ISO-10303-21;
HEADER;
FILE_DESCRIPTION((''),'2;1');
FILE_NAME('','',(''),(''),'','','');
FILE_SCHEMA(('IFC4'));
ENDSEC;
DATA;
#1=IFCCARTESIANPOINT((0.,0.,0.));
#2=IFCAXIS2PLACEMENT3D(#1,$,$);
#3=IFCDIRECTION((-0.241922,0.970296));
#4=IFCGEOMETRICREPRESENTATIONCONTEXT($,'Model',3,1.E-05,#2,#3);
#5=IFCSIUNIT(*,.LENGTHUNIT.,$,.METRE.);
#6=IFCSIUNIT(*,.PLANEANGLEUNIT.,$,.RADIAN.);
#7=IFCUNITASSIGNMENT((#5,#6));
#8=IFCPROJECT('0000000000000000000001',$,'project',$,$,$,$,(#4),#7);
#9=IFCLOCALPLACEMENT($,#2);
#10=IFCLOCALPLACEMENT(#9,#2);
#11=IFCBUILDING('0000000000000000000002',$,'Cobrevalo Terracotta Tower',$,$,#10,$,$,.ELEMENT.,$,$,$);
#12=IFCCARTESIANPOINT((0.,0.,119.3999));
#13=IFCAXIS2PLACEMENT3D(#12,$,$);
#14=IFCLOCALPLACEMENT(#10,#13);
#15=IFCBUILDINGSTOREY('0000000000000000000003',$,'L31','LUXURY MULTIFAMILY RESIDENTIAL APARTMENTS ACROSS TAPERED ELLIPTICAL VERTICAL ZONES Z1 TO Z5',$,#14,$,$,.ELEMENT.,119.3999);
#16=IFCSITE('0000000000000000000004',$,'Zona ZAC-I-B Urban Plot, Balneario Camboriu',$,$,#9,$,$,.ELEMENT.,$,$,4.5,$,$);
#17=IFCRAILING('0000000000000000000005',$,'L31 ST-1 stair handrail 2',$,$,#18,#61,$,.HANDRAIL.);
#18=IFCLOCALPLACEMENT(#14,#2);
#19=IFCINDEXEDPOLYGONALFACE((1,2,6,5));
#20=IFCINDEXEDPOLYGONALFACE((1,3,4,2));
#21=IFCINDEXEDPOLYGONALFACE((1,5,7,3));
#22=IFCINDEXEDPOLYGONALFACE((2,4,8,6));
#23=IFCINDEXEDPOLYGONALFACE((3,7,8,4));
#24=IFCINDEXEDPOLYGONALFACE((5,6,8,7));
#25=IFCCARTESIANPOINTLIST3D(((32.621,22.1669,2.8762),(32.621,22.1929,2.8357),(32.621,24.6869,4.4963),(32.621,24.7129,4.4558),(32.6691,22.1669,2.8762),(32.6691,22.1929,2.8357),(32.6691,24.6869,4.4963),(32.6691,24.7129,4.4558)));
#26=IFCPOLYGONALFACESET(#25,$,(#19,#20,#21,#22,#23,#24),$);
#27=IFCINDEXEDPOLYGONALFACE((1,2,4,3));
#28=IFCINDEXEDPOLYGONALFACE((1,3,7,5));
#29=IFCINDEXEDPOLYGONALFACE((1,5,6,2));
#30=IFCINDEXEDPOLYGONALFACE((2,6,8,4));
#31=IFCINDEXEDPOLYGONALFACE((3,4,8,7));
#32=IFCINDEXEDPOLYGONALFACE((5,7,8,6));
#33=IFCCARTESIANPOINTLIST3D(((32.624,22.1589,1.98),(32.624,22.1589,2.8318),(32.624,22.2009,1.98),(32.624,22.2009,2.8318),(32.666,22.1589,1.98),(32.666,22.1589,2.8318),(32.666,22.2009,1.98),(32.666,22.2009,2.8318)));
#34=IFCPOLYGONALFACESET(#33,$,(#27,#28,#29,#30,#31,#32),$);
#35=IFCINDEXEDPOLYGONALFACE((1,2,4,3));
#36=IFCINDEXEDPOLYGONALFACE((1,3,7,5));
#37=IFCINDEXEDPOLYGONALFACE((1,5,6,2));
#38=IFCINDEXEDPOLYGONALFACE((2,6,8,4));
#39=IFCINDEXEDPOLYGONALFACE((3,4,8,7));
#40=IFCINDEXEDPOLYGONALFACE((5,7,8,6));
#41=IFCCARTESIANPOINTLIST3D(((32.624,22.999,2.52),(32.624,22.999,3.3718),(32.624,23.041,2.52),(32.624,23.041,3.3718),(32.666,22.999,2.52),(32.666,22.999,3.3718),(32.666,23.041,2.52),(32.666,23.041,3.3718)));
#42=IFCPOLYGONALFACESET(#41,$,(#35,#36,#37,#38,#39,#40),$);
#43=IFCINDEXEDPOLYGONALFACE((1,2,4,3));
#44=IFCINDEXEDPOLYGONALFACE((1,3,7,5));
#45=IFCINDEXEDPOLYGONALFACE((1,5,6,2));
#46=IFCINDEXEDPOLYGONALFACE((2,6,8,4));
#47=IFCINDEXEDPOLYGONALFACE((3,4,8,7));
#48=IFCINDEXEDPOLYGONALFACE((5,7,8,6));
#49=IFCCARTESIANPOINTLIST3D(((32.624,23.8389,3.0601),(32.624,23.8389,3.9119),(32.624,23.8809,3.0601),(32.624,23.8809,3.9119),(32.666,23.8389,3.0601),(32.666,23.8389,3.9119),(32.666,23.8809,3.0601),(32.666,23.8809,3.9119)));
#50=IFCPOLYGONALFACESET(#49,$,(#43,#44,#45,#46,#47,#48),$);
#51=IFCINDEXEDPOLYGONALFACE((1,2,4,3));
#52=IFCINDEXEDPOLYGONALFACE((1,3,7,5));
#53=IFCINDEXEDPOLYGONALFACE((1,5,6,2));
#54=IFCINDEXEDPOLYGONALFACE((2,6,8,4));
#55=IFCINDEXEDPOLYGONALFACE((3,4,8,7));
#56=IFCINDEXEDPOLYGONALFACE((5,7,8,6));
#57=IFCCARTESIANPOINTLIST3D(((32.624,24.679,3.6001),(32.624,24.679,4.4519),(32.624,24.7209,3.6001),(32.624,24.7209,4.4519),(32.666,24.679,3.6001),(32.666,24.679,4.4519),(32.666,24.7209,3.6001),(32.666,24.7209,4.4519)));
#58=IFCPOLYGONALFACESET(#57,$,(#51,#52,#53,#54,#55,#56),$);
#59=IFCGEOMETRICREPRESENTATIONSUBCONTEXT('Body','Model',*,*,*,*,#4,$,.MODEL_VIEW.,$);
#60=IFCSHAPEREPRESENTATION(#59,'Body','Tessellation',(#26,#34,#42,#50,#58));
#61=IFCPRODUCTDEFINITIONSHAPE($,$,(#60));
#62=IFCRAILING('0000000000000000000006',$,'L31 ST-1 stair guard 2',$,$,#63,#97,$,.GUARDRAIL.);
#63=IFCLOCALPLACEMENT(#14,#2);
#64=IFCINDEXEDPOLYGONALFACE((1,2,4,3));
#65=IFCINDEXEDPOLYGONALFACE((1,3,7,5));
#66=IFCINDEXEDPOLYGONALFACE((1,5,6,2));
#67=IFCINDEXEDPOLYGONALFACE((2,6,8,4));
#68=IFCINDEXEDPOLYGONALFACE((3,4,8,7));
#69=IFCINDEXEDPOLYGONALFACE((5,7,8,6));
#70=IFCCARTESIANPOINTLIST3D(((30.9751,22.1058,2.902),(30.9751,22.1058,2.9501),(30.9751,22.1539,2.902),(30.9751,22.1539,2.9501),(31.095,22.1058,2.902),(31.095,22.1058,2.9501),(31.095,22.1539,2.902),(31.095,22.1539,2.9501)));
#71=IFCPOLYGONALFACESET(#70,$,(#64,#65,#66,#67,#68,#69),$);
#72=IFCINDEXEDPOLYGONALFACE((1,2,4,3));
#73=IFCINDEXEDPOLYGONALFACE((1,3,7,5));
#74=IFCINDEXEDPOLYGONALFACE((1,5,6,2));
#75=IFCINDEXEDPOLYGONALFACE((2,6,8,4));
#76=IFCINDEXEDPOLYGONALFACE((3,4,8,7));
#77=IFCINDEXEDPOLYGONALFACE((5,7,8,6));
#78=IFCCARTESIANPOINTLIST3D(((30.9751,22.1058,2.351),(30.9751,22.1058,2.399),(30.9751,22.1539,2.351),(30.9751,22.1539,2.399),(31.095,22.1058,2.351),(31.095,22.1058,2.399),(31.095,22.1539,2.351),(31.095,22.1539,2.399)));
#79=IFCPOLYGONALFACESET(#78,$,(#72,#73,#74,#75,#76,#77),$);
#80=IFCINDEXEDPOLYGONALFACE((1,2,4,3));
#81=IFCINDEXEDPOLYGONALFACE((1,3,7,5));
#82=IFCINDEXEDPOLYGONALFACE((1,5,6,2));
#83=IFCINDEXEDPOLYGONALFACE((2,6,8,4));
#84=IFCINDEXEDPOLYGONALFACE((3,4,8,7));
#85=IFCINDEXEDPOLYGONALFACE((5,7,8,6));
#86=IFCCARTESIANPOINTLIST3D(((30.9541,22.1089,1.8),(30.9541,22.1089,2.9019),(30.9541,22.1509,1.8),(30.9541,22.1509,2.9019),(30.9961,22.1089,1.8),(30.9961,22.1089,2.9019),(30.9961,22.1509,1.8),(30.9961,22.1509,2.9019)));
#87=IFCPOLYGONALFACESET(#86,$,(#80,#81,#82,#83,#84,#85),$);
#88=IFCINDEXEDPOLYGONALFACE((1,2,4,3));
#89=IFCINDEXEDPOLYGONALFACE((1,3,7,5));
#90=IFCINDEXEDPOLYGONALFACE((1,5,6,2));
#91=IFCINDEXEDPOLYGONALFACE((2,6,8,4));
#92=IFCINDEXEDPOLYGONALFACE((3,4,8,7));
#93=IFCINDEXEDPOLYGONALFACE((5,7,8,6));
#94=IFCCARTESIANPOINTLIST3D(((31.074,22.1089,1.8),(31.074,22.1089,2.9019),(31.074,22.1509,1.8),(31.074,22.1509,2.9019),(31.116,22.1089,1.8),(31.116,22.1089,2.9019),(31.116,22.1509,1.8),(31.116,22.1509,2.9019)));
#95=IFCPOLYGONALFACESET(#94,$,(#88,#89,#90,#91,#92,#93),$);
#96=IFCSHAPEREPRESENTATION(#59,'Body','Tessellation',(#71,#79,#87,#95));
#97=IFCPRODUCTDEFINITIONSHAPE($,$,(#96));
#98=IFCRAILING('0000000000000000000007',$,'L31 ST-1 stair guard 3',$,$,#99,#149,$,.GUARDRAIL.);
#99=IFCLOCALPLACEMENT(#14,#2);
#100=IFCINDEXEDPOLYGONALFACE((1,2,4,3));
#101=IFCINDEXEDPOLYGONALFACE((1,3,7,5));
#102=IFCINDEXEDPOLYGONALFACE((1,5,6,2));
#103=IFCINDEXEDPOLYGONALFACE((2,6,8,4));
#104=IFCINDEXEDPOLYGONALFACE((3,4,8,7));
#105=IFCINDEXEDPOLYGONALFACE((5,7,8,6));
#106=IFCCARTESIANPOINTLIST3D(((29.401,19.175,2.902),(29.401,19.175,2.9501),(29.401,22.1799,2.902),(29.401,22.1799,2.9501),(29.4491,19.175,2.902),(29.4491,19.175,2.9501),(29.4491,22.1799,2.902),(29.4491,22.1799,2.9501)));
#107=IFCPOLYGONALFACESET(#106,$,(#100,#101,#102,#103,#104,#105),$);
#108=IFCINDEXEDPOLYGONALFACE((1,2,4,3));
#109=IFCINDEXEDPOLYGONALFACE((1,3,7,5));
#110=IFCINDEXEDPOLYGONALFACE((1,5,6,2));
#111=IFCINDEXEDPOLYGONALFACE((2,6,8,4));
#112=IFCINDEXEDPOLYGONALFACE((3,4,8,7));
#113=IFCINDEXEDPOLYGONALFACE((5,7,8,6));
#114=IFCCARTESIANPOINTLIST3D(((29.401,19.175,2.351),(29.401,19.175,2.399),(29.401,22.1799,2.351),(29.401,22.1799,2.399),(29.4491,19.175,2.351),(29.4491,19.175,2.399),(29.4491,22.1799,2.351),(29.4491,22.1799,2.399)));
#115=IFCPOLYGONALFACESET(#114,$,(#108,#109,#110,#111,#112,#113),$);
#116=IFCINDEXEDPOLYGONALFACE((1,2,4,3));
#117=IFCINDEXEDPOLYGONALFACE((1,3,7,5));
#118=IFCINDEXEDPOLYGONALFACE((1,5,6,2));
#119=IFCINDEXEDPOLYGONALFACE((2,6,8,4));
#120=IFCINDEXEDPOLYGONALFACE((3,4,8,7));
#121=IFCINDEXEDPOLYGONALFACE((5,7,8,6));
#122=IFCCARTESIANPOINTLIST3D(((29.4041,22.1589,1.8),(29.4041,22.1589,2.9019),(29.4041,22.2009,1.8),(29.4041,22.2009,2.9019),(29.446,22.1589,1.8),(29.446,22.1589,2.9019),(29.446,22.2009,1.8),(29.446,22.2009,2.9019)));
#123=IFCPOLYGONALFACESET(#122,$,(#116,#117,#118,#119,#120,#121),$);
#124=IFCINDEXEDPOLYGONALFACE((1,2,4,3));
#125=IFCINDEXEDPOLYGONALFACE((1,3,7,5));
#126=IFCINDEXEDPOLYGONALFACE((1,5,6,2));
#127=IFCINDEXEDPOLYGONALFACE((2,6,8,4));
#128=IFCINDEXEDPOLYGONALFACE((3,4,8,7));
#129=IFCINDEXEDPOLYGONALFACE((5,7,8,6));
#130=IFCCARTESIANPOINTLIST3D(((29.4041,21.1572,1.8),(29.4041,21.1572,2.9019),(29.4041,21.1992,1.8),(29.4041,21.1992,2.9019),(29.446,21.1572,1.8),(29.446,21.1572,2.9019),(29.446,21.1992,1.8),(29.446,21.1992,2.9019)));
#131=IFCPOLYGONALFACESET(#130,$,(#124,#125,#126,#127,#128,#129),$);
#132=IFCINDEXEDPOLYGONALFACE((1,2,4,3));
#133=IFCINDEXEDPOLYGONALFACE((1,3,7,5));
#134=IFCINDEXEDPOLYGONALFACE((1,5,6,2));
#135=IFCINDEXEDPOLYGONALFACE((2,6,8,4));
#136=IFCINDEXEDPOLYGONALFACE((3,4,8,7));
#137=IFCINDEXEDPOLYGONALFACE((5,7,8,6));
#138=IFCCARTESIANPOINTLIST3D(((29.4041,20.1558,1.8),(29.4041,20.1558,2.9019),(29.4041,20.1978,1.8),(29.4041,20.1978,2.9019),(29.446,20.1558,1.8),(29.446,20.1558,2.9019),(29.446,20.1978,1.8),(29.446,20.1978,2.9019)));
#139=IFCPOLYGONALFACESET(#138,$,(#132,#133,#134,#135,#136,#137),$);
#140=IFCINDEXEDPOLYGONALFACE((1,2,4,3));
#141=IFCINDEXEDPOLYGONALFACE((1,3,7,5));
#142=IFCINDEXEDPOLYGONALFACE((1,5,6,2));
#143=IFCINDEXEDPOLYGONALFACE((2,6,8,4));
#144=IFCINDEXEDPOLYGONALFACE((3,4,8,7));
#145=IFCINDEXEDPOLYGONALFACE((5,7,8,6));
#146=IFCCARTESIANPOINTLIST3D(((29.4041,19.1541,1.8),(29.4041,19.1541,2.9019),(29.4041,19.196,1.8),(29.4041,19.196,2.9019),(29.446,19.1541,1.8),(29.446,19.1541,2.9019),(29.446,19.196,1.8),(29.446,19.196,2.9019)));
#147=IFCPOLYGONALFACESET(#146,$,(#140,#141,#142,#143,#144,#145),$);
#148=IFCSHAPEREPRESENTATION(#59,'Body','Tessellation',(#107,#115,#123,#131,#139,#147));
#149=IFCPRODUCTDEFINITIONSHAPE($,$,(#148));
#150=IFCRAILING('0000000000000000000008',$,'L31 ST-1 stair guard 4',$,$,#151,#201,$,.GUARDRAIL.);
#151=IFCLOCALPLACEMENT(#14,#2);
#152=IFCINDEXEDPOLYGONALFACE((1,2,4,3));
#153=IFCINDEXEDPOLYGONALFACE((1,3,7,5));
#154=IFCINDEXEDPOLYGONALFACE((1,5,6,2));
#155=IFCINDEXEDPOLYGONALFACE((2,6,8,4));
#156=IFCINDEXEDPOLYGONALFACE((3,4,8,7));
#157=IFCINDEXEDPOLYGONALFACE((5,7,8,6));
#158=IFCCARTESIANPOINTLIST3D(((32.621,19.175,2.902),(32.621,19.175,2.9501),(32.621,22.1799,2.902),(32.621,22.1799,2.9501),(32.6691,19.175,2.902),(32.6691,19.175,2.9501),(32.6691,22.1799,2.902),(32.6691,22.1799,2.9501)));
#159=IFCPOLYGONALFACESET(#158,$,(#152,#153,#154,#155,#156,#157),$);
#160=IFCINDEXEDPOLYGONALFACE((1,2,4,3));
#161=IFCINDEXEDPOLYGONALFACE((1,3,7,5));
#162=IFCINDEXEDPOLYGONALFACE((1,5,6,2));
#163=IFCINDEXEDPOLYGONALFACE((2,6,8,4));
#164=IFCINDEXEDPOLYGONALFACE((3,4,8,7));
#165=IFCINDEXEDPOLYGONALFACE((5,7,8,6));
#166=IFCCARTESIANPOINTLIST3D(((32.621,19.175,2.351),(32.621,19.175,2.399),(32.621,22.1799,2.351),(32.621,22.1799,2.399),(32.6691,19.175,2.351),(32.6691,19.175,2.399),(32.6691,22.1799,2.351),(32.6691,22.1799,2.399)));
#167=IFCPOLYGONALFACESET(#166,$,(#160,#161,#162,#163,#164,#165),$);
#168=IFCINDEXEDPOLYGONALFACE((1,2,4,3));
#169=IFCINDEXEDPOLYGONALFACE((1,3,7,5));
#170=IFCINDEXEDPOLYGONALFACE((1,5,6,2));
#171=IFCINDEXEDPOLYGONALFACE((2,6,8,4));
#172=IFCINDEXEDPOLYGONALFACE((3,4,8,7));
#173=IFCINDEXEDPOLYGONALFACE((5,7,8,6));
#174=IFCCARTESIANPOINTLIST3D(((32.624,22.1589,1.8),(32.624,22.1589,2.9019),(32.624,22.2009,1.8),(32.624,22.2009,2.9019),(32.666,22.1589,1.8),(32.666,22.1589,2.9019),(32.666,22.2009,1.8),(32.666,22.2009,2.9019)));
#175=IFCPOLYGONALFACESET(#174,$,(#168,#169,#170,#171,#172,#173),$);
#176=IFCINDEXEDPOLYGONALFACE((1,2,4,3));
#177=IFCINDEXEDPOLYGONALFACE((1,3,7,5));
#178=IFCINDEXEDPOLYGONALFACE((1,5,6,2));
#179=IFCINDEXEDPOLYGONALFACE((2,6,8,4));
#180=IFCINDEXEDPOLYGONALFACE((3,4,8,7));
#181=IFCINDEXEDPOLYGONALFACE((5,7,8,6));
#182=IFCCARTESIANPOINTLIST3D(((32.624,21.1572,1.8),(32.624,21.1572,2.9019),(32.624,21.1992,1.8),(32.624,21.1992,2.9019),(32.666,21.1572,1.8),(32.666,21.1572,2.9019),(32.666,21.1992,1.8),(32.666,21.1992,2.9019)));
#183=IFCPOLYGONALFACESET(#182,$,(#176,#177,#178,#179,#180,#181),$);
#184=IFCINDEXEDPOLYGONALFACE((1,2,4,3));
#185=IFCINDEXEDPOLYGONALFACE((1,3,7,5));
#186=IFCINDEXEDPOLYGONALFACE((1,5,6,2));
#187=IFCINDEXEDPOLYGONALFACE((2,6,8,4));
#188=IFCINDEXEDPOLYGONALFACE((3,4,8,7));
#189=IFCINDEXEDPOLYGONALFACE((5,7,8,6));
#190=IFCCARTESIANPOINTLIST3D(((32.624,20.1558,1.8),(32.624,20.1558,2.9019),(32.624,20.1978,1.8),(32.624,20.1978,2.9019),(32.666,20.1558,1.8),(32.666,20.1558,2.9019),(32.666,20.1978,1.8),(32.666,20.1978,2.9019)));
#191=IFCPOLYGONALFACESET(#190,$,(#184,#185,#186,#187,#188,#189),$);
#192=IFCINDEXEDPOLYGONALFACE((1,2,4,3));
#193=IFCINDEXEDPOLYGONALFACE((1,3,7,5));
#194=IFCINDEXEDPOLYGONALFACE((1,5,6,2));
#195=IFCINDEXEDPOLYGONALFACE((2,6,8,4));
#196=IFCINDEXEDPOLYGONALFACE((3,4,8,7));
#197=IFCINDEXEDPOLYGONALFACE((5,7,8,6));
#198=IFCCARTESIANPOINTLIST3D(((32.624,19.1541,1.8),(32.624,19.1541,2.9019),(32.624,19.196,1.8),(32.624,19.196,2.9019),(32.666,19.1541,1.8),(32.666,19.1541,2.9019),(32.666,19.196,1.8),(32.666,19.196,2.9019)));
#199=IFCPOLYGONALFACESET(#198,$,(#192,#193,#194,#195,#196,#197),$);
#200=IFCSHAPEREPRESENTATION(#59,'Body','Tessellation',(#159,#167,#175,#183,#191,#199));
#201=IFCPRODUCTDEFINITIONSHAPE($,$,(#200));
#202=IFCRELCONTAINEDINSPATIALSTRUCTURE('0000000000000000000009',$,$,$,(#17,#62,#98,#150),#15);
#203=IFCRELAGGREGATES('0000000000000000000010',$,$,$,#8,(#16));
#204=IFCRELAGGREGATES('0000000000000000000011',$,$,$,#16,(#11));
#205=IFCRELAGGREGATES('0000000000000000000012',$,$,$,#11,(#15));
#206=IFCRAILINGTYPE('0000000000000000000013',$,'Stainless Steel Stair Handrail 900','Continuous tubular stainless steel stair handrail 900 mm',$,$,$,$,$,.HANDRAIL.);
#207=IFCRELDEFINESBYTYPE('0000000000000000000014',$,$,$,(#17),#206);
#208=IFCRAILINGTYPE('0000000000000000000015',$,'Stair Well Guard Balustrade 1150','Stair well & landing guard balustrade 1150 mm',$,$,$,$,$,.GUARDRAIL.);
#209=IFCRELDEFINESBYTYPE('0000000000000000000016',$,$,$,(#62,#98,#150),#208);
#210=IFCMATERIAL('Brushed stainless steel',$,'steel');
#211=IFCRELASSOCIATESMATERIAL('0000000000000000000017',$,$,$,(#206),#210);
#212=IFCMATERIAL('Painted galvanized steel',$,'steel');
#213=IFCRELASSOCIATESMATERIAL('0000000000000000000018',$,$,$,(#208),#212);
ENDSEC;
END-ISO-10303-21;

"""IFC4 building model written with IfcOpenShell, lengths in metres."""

from ifc_helpers import new_model, si_unit, direction, frame, origin, origin_2d, place, context, subcontext, project, spatial, rectangle, extrude, material, type_object, element, save


model = new_model("IFC4")

# Units and contexts
model_context = context("Model", 3, precision=1e-05, world=origin(), true_north=direction((-0.241922, 0.970296)))
body_context = subcontext(model_context, "Body", "Model", "MODEL_VIEW")
ifc_project = project(units=[si_unit("LENGTHUNIT", "METRE"), si_unit("PLANEANGLEUNIT", "RADIAN")], contexts=[model_context])

# Site, building, storey
site_placement = place(None, origin())
site = spatial("IfcSite", under=ifc_project, at=site_placement, Name="Zona ZAC-I-B Urban Plot, Balneario Camboriu", CompositionType="ELEMENT", RefElevation=4.5)
building_placement = place(site_placement, origin())
building = spatial("IfcBuilding", under=site, at=building_placement, Name="Cobrevalo Terracotta Tower", CompositionType="ELEMENT")
storey_placement = place(building_placement, frame((0.0, 0.0, 119.3999)))
storey = spatial("IfcBuildingStorey", under=building, at=storey_placement, Name="L31", Description="LUXURY MULTIFAMILY RESIDENTIAL APARTMENTS ACROSS TAPERED ELLIPTICAL VERTICAL ZONES Z1 TO Z5", CompositionType="ELEMENT", Elevation=119.3999)

# Railings
ifc_material_1 = material(Name="Brushed stainless steel", Category="steel")
railing_type_1 = type_object("IfcRailingType", Name="Stainless Steel Stair Handrail 900", Description="Continuous tubular stainless steel stair handrail 900 mm", PredefinedType="HANDRAIL", material=ifc_material_1)
railing_1_placement = place(storey_placement, frame((32.645, 22.1799, 1.98)))
element("IfcRailing", 1, at=railing_1_placement, inside=storey, type_object=railing_type_1, Name="L31 ST-1 stair handrail 2", PredefinedType="HANDRAIL", context=body_context, shape_type="SweptSolid", body=[
    extrude(rectangle(XDim=0.0481, YDim=0.0481, at=origin_2d()), frame((0.0, 0.0, 0.876), z_axis=(0.0, 0.841163, 0.540782), x_axis=(-1.0, 0.0, 0.0)), (0.0, 0.0, 1.0), 2.9958),
    extrude(rectangle(XDim=0.042, YDim=0.042, at=origin_2d()), origin(), (0.0, 0.0, 1.0), 0.8518),
    extrude(rectangle(XDim=0.042, YDim=0.042, at=origin_2d()), frame((0.0, 0.8401, 0.54)), (0.0, 0.0, 1.0), 0.8518),
    extrude(rectangle(XDim=0.042, YDim=0.042, at=origin_2d()), frame((0.0, 1.6799, 1.0801)), (0.0, 0.0, 1.0), 0.8518),
    extrude(rectangle(XDim=0.042, YDim=0.042, at=origin_2d()), frame((0.0, 2.52, 1.6201)), (0.0, 0.0, 1.0), 0.8518),
])
ifc_material_2 = material(Name="Painted galvanized steel", Category="steel")
railing_type_2 = type_object("IfcRailingType", Name="Stair Well Guard Balustrade 1150", Description="Stair well & landing guard balustrade 1150 mm", PredefinedType="GUARDRAIL", material=ifc_material_2)
railing_2_placement = place(storey_placement, frame((30.9751, 22.1299, 1.8)))
element("IfcRailing", 2, at=railing_2_placement, inside=storey, type_object=railing_type_2, Name="L31 ST-1 stair guard 2", PredefinedType="GUARDRAIL", context=body_context, shape_type="SweptSolid", body=[
    extrude(rectangle(XDim=0.0481, YDim=0.0481, at=origin_2d()), frame((0.0, 0.0, 1.126), z_axis=(1.0, 0.0, 0.0), x_axis=(0.0, 1.0, 0.0)), (0.0, 0.0, 1.0), 0.1199),
    extrude(rectangle(XDim=0.0481, YDim=0.0481, at=origin_2d()), frame((0.0, 0.0, 0.575), z_axis=(1.0, 0.0, 0.0), x_axis=(0.0, 1.0, 0.0)), (0.0, 0.0, 1.0), 0.1199),
    extrude(rectangle(XDim=0.042, YDim=0.042, at=origin_2d()), origin(), (0.0, 0.0, 1.0), 1.1018),
    extrude(rectangle(XDim=0.042, YDim=0.042, at=origin_2d()), frame((0.1199, 0.0, 0.0)), (0.0, 0.0, 1.0), 1.1018),
])
for number, where, name in (
    (3, (29.425, 22.1799, 1.8), "L31 ST-1 stair guard 3"),
    (4, (32.645, 22.1799, 1.8), "L31 ST-1 stair guard 4"),
):
    element("IfcRailing", number, at=place(storey_placement, frame(where)), inside=storey, type_object=railing_type_2, Name=name, PredefinedType="GUARDRAIL", context=body_context, shape_type="SweptSolid", body=[
        extrude(rectangle(XDim=0.0481, YDim=0.0481, at=origin_2d()), frame((0.0, 0.0, 1.126), z_axis=(0.0, -1.0, 0.0), x_axis=(1.0, 0.0, 0.0)), (0.0, 0.0, 1.0), 3.0049),
        extrude(rectangle(XDim=0.0481, YDim=0.0481, at=origin_2d()), frame((0.0, 0.0, 0.575), z_axis=(0.0, -1.0, 0.0), x_axis=(1.0, 0.0, 0.0)), (0.0, 0.0, 1.0), 3.0049),
        extrude(rectangle(XDim=0.042, YDim=0.042, at=origin_2d()), origin(), (0.0, 0.0, 1.0), 1.1018),
        extrude(rectangle(XDim=0.042, YDim=0.042, at=origin_2d()), frame((0.0, -1.0017, 0.0)), (0.0, 0.0, 1.0), 1.1018),
        extrude(rectangle(XDim=0.042, YDim=0.042, at=origin_2d()), frame((0.0, -2.0032, 0.0)), (0.0, 0.0, 1.0), 1.1018),
        extrude(rectangle(XDim=0.042, YDim=0.042, at=origin_2d()), frame((0.0, -3.0049, 0.0)), (0.0, 0.0, 1.0), 1.1018),
    ])

save(model, "model.ifc")
